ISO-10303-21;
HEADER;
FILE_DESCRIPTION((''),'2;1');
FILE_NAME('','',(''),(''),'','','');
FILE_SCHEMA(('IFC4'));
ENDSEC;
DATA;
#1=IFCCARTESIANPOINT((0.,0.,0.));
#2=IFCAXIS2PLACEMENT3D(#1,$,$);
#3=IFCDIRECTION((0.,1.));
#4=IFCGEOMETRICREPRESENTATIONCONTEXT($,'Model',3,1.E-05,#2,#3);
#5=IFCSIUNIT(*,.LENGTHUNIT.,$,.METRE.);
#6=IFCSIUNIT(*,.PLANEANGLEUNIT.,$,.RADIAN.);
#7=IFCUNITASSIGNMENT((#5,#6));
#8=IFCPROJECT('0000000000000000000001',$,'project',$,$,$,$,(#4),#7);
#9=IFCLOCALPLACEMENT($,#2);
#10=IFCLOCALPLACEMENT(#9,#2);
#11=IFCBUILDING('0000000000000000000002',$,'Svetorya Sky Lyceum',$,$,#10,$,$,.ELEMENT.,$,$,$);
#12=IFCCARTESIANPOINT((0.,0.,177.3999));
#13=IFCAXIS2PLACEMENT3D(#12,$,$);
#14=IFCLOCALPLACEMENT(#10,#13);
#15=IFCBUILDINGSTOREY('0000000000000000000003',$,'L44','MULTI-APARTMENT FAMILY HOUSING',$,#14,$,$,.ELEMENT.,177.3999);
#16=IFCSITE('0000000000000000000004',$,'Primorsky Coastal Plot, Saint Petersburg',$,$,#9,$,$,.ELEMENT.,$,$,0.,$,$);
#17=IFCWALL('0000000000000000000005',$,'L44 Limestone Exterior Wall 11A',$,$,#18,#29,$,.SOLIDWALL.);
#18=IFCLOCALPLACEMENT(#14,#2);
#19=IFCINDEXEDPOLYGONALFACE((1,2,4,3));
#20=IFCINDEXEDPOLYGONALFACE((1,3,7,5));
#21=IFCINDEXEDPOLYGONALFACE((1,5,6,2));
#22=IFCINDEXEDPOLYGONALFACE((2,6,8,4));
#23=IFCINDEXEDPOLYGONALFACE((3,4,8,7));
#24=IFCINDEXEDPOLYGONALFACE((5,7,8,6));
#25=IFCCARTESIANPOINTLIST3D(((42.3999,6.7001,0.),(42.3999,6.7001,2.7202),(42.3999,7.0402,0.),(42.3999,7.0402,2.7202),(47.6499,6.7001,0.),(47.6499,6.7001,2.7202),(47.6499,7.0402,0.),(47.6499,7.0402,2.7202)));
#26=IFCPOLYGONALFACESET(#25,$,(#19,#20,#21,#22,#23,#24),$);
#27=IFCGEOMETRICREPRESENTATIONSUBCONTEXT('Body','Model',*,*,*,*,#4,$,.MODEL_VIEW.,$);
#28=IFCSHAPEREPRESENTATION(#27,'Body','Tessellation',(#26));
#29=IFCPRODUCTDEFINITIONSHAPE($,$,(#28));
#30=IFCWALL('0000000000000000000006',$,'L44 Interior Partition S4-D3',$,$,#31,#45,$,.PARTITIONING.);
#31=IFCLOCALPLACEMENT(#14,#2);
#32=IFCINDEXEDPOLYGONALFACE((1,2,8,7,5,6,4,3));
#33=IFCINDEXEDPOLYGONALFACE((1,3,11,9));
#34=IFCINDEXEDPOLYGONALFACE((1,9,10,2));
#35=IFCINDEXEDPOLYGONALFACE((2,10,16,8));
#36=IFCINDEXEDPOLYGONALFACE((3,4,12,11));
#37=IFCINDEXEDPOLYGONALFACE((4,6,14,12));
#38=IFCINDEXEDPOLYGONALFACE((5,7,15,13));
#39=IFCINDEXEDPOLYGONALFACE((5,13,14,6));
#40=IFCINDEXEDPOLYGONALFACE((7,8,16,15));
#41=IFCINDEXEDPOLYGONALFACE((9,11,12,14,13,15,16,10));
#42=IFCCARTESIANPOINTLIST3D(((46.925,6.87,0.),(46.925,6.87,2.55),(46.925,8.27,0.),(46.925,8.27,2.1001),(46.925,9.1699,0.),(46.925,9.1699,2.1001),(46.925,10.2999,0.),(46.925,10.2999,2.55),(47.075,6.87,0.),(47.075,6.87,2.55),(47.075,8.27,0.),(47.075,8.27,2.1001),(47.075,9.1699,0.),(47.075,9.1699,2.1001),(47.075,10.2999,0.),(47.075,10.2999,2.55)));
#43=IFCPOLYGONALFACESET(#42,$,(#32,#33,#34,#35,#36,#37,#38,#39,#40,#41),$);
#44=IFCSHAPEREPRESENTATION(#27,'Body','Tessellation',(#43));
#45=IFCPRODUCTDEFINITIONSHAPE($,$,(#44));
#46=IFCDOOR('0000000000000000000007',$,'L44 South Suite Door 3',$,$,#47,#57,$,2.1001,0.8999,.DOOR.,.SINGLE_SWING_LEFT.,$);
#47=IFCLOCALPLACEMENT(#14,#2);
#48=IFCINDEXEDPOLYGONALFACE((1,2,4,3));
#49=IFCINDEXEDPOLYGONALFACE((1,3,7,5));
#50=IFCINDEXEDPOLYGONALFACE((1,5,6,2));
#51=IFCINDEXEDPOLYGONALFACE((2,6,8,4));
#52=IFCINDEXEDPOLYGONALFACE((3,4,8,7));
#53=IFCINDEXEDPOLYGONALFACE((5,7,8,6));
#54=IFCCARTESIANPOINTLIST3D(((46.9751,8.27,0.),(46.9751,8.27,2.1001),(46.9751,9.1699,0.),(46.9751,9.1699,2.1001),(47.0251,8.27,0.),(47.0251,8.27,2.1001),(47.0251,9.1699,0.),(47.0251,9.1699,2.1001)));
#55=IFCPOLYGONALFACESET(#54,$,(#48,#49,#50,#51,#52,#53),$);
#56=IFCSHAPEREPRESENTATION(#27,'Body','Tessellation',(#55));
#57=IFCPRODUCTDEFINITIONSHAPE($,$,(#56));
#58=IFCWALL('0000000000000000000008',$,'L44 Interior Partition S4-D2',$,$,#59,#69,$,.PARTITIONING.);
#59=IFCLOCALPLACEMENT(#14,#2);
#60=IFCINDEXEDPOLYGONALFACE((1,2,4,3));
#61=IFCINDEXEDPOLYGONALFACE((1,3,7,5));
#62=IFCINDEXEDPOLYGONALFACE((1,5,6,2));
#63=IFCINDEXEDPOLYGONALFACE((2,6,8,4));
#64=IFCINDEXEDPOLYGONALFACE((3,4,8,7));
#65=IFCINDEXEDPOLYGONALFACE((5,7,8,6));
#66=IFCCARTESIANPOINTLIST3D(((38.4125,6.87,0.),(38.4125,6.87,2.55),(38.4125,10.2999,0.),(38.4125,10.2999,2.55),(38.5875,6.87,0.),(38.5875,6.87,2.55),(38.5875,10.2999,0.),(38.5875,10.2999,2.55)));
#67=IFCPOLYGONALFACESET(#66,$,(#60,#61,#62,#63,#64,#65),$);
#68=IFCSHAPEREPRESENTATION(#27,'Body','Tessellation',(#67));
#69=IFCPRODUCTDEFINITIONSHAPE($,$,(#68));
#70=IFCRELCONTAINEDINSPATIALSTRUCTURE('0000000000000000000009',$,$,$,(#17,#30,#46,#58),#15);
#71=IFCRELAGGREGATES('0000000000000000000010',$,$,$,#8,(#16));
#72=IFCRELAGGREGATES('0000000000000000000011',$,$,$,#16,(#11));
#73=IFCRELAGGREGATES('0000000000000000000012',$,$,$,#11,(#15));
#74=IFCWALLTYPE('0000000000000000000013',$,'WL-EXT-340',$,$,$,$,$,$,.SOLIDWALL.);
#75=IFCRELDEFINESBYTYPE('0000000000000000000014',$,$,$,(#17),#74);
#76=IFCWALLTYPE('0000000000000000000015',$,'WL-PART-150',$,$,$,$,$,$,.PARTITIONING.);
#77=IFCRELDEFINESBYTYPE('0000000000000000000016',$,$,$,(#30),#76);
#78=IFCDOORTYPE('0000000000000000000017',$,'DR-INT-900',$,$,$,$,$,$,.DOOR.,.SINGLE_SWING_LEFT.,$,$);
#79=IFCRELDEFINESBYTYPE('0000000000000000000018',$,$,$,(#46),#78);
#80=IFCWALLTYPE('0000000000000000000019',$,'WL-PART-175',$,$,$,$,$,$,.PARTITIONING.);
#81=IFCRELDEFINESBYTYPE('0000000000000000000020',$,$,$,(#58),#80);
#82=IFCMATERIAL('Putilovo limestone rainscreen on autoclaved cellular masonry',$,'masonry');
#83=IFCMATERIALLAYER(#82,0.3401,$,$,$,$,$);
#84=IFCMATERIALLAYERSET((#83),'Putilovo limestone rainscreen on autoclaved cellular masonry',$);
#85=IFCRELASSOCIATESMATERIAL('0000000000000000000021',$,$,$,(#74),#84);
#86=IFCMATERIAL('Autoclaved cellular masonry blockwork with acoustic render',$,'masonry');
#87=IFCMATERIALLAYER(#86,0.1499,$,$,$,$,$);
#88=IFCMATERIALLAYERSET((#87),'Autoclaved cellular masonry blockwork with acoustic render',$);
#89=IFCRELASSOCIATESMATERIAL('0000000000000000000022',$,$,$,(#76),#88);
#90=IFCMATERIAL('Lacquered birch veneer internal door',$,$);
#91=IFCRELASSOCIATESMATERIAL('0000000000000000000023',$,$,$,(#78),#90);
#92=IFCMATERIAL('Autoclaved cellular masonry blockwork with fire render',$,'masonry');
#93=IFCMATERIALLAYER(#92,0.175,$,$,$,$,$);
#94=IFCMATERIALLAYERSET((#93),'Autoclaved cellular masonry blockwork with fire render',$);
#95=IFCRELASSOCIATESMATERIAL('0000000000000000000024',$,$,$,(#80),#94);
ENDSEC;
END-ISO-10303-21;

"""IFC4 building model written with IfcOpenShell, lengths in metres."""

from ifc_helpers import new_model, si_unit, direction, frame, frame_2d, origin, place, context, subcontext, project, spatial, rectangle, extrude, material, layer, layer_set, type_object, element, fill, save


model = new_model("IFC4")

# Units and contexts
model_context = context("Model", 3, precision=1e-05, world=origin(), true_north=direction((0.0, 1.0)))
body_context = subcontext(model_context, "Body", "Model", "MODEL_VIEW")
ifc_project = project(units=[si_unit("LENGTHUNIT", "METRE"), si_unit("PLANEANGLEUNIT", "RADIAN")], contexts=[model_context])

# Site, building, storey
site_placement = place(None, origin())
site = spatial("IfcSite", under=ifc_project, at=site_placement, Name="Primorsky Coastal Plot, Saint Petersburg", CompositionType="ELEMENT", RefElevation=0.0)
building_placement = place(site_placement, origin())
building = spatial("IfcBuilding", under=site, at=building_placement, Name="Svetorya Sky Lyceum", CompositionType="ELEMENT")
storey_placement = place(building_placement, frame((0.0, 0.0, 177.3999)))
storey = spatial("IfcBuildingStorey", under=building, at=storey_placement, Name="L44", Description="MULTI-APARTMENT FAMILY HOUSING", CompositionType="ELEMENT", Elevation=177.3999)

# Wall
ifc_material_1 = material(Name="Putilovo limestone rainscreen on autoclaved cellular masonry", Category="masonry")
ifc_layer_1 = layer(ifc_material_1, 0.3401)
ifc_layer_set_1 = layer_set([ifc_layer_1], Name="Putilovo limestone rainscreen on autoclaved cellular masonry")
wall_type_1 = type_object("IfcWallType", Name="WL-EXT-340", PredefinedType="SOLIDWALL", material=ifc_layer_set_1)
wall_1_placement = place(storey_placement, frame((42.3999, 6.8701, 0.0), z_axis=(0.0, 0.0, 1.0), x_axis=(1.0, 0.0, 0.0)))
element("IfcWall", 1, at=wall_1_placement, inside=storey, type_object=wall_type_1, Name="L44 Limestone Exterior Wall 11A", PredefinedType="SOLIDWALL", context=body_context, shape_type="SweptSolid", body=[
    extrude(rectangle(XDim=5.25, YDim=0.3401, at=frame_2d((2.625, 0.0))), origin(), (0.0, 0.0, 1.0), 2.7202),
])

# Wall, opening, door
ifc_material_2 = material(Name="Autoclaved cellular masonry blockwork with acoustic render", Category="masonry")
ifc_layer_2 = layer(ifc_material_2, 0.1499)
ifc_layer_set_2 = layer_set([ifc_layer_2], Name="Autoclaved cellular masonry blockwork with acoustic render")
wall_type_2 = type_object("IfcWallType", Name="WL-PART-150", PredefinedType="PARTITIONING", material=ifc_layer_set_2)
wall_2_placement = place(storey_placement, frame((47.0, 6.8701, 0.0), z_axis=(0.0, 0.0, 1.0), x_axis=(0.0, 1.0, 0.0)))
wall_2 = element("IfcWall", 2, at=wall_2_placement, inside=storey, type_object=wall_type_2, Name="L44 Interior Partition S4-D3", PredefinedType="PARTITIONING", context=body_context, shape_type="SweptSolid", body=[
    extrude(rectangle(XDim=3.4299, YDim=0.1499, at=frame_2d((1.7148, 0.0))), origin(), (0.0, 0.0, 1.0), 2.55),
])
opening_placement = place(wall_2_placement, frame((1.3999, 0.0, 0.0)))
opening = element("IfcOpeningElement", 3, at=opening_placement, cuts=wall_2, PredefinedType="OPENING", context=body_context, shape_type="SweptSolid", body=[
    extrude(rectangle(XDim=0.8999, YDim=2.1001, at=frame_2d((0.45, 1.05))), frame((0.0, 0.085, 0.0), z_axis=(0.0, -1.0, 0.0), x_axis=(1.0, 0.0, 0.0)), (0.0, 0.0, 1.0), 0.1699),
])
ifc_material_3 = material(Name="Lacquered birch veneer internal door")
door_type = type_object("IfcDoorType", Name="DR-INT-900", OperationType="SINGLE_SWING_LEFT", PredefinedType="DOOR", material=ifc_material_3)
door_placement = place(opening_placement, origin())
door = element("IfcDoor", 4, at=door_placement, inside=storey, type_object=door_type, Name="L44 South Suite Door 3", OperationType="SINGLE_SWING_LEFT", OverallHeight=2.1001, OverallWidth=0.8999, PredefinedType="DOOR", context=body_context, shape_type="SweptSolid", body=[
    extrude(rectangle(XDim=0.8999, YDim=2.1001, at=frame_2d((0.45, 1.05))), frame((0.0, 0.0249, 0.0), z_axis=(0.0, -1.0, 0.0), x_axis=(1.0, 0.0, 0.0)), (0.0, 0.0, 1.0), 0.05),
])
fill(opening, door)

# Wall
ifc_material_4 = material(Name="Autoclaved cellular masonry blockwork with fire render", Category="masonry")
ifc_layer_3 = layer(ifc_material_4, 0.175)
ifc_layer_set_3 = layer_set([ifc_layer_3], Name="Autoclaved cellular masonry blockwork with fire render")
wall_type_3 = type_object("IfcWallType", Name="WL-PART-175", PredefinedType="PARTITIONING", material=ifc_layer_set_3)
wall_3_placement = place(storey_placement, frame((38.5, 6.8701, 0.0), z_axis=(0.0, 0.0, 1.0), x_axis=(0.0, 1.0, 0.0)))
element("IfcWall", 5, at=wall_3_placement, inside=storey, type_object=wall_type_3, Name="L44 Interior Partition S4-D2", PredefinedType="PARTITIONING", context=body_context, shape_type="SweptSolid", body=[
    extrude(rectangle(XDim=3.4299, YDim=0.175, at=frame_2d((1.7148, 0.0))), origin(), (0.0, 0.0, 1.0), 2.55),
])

save(model, "model.ifc")
